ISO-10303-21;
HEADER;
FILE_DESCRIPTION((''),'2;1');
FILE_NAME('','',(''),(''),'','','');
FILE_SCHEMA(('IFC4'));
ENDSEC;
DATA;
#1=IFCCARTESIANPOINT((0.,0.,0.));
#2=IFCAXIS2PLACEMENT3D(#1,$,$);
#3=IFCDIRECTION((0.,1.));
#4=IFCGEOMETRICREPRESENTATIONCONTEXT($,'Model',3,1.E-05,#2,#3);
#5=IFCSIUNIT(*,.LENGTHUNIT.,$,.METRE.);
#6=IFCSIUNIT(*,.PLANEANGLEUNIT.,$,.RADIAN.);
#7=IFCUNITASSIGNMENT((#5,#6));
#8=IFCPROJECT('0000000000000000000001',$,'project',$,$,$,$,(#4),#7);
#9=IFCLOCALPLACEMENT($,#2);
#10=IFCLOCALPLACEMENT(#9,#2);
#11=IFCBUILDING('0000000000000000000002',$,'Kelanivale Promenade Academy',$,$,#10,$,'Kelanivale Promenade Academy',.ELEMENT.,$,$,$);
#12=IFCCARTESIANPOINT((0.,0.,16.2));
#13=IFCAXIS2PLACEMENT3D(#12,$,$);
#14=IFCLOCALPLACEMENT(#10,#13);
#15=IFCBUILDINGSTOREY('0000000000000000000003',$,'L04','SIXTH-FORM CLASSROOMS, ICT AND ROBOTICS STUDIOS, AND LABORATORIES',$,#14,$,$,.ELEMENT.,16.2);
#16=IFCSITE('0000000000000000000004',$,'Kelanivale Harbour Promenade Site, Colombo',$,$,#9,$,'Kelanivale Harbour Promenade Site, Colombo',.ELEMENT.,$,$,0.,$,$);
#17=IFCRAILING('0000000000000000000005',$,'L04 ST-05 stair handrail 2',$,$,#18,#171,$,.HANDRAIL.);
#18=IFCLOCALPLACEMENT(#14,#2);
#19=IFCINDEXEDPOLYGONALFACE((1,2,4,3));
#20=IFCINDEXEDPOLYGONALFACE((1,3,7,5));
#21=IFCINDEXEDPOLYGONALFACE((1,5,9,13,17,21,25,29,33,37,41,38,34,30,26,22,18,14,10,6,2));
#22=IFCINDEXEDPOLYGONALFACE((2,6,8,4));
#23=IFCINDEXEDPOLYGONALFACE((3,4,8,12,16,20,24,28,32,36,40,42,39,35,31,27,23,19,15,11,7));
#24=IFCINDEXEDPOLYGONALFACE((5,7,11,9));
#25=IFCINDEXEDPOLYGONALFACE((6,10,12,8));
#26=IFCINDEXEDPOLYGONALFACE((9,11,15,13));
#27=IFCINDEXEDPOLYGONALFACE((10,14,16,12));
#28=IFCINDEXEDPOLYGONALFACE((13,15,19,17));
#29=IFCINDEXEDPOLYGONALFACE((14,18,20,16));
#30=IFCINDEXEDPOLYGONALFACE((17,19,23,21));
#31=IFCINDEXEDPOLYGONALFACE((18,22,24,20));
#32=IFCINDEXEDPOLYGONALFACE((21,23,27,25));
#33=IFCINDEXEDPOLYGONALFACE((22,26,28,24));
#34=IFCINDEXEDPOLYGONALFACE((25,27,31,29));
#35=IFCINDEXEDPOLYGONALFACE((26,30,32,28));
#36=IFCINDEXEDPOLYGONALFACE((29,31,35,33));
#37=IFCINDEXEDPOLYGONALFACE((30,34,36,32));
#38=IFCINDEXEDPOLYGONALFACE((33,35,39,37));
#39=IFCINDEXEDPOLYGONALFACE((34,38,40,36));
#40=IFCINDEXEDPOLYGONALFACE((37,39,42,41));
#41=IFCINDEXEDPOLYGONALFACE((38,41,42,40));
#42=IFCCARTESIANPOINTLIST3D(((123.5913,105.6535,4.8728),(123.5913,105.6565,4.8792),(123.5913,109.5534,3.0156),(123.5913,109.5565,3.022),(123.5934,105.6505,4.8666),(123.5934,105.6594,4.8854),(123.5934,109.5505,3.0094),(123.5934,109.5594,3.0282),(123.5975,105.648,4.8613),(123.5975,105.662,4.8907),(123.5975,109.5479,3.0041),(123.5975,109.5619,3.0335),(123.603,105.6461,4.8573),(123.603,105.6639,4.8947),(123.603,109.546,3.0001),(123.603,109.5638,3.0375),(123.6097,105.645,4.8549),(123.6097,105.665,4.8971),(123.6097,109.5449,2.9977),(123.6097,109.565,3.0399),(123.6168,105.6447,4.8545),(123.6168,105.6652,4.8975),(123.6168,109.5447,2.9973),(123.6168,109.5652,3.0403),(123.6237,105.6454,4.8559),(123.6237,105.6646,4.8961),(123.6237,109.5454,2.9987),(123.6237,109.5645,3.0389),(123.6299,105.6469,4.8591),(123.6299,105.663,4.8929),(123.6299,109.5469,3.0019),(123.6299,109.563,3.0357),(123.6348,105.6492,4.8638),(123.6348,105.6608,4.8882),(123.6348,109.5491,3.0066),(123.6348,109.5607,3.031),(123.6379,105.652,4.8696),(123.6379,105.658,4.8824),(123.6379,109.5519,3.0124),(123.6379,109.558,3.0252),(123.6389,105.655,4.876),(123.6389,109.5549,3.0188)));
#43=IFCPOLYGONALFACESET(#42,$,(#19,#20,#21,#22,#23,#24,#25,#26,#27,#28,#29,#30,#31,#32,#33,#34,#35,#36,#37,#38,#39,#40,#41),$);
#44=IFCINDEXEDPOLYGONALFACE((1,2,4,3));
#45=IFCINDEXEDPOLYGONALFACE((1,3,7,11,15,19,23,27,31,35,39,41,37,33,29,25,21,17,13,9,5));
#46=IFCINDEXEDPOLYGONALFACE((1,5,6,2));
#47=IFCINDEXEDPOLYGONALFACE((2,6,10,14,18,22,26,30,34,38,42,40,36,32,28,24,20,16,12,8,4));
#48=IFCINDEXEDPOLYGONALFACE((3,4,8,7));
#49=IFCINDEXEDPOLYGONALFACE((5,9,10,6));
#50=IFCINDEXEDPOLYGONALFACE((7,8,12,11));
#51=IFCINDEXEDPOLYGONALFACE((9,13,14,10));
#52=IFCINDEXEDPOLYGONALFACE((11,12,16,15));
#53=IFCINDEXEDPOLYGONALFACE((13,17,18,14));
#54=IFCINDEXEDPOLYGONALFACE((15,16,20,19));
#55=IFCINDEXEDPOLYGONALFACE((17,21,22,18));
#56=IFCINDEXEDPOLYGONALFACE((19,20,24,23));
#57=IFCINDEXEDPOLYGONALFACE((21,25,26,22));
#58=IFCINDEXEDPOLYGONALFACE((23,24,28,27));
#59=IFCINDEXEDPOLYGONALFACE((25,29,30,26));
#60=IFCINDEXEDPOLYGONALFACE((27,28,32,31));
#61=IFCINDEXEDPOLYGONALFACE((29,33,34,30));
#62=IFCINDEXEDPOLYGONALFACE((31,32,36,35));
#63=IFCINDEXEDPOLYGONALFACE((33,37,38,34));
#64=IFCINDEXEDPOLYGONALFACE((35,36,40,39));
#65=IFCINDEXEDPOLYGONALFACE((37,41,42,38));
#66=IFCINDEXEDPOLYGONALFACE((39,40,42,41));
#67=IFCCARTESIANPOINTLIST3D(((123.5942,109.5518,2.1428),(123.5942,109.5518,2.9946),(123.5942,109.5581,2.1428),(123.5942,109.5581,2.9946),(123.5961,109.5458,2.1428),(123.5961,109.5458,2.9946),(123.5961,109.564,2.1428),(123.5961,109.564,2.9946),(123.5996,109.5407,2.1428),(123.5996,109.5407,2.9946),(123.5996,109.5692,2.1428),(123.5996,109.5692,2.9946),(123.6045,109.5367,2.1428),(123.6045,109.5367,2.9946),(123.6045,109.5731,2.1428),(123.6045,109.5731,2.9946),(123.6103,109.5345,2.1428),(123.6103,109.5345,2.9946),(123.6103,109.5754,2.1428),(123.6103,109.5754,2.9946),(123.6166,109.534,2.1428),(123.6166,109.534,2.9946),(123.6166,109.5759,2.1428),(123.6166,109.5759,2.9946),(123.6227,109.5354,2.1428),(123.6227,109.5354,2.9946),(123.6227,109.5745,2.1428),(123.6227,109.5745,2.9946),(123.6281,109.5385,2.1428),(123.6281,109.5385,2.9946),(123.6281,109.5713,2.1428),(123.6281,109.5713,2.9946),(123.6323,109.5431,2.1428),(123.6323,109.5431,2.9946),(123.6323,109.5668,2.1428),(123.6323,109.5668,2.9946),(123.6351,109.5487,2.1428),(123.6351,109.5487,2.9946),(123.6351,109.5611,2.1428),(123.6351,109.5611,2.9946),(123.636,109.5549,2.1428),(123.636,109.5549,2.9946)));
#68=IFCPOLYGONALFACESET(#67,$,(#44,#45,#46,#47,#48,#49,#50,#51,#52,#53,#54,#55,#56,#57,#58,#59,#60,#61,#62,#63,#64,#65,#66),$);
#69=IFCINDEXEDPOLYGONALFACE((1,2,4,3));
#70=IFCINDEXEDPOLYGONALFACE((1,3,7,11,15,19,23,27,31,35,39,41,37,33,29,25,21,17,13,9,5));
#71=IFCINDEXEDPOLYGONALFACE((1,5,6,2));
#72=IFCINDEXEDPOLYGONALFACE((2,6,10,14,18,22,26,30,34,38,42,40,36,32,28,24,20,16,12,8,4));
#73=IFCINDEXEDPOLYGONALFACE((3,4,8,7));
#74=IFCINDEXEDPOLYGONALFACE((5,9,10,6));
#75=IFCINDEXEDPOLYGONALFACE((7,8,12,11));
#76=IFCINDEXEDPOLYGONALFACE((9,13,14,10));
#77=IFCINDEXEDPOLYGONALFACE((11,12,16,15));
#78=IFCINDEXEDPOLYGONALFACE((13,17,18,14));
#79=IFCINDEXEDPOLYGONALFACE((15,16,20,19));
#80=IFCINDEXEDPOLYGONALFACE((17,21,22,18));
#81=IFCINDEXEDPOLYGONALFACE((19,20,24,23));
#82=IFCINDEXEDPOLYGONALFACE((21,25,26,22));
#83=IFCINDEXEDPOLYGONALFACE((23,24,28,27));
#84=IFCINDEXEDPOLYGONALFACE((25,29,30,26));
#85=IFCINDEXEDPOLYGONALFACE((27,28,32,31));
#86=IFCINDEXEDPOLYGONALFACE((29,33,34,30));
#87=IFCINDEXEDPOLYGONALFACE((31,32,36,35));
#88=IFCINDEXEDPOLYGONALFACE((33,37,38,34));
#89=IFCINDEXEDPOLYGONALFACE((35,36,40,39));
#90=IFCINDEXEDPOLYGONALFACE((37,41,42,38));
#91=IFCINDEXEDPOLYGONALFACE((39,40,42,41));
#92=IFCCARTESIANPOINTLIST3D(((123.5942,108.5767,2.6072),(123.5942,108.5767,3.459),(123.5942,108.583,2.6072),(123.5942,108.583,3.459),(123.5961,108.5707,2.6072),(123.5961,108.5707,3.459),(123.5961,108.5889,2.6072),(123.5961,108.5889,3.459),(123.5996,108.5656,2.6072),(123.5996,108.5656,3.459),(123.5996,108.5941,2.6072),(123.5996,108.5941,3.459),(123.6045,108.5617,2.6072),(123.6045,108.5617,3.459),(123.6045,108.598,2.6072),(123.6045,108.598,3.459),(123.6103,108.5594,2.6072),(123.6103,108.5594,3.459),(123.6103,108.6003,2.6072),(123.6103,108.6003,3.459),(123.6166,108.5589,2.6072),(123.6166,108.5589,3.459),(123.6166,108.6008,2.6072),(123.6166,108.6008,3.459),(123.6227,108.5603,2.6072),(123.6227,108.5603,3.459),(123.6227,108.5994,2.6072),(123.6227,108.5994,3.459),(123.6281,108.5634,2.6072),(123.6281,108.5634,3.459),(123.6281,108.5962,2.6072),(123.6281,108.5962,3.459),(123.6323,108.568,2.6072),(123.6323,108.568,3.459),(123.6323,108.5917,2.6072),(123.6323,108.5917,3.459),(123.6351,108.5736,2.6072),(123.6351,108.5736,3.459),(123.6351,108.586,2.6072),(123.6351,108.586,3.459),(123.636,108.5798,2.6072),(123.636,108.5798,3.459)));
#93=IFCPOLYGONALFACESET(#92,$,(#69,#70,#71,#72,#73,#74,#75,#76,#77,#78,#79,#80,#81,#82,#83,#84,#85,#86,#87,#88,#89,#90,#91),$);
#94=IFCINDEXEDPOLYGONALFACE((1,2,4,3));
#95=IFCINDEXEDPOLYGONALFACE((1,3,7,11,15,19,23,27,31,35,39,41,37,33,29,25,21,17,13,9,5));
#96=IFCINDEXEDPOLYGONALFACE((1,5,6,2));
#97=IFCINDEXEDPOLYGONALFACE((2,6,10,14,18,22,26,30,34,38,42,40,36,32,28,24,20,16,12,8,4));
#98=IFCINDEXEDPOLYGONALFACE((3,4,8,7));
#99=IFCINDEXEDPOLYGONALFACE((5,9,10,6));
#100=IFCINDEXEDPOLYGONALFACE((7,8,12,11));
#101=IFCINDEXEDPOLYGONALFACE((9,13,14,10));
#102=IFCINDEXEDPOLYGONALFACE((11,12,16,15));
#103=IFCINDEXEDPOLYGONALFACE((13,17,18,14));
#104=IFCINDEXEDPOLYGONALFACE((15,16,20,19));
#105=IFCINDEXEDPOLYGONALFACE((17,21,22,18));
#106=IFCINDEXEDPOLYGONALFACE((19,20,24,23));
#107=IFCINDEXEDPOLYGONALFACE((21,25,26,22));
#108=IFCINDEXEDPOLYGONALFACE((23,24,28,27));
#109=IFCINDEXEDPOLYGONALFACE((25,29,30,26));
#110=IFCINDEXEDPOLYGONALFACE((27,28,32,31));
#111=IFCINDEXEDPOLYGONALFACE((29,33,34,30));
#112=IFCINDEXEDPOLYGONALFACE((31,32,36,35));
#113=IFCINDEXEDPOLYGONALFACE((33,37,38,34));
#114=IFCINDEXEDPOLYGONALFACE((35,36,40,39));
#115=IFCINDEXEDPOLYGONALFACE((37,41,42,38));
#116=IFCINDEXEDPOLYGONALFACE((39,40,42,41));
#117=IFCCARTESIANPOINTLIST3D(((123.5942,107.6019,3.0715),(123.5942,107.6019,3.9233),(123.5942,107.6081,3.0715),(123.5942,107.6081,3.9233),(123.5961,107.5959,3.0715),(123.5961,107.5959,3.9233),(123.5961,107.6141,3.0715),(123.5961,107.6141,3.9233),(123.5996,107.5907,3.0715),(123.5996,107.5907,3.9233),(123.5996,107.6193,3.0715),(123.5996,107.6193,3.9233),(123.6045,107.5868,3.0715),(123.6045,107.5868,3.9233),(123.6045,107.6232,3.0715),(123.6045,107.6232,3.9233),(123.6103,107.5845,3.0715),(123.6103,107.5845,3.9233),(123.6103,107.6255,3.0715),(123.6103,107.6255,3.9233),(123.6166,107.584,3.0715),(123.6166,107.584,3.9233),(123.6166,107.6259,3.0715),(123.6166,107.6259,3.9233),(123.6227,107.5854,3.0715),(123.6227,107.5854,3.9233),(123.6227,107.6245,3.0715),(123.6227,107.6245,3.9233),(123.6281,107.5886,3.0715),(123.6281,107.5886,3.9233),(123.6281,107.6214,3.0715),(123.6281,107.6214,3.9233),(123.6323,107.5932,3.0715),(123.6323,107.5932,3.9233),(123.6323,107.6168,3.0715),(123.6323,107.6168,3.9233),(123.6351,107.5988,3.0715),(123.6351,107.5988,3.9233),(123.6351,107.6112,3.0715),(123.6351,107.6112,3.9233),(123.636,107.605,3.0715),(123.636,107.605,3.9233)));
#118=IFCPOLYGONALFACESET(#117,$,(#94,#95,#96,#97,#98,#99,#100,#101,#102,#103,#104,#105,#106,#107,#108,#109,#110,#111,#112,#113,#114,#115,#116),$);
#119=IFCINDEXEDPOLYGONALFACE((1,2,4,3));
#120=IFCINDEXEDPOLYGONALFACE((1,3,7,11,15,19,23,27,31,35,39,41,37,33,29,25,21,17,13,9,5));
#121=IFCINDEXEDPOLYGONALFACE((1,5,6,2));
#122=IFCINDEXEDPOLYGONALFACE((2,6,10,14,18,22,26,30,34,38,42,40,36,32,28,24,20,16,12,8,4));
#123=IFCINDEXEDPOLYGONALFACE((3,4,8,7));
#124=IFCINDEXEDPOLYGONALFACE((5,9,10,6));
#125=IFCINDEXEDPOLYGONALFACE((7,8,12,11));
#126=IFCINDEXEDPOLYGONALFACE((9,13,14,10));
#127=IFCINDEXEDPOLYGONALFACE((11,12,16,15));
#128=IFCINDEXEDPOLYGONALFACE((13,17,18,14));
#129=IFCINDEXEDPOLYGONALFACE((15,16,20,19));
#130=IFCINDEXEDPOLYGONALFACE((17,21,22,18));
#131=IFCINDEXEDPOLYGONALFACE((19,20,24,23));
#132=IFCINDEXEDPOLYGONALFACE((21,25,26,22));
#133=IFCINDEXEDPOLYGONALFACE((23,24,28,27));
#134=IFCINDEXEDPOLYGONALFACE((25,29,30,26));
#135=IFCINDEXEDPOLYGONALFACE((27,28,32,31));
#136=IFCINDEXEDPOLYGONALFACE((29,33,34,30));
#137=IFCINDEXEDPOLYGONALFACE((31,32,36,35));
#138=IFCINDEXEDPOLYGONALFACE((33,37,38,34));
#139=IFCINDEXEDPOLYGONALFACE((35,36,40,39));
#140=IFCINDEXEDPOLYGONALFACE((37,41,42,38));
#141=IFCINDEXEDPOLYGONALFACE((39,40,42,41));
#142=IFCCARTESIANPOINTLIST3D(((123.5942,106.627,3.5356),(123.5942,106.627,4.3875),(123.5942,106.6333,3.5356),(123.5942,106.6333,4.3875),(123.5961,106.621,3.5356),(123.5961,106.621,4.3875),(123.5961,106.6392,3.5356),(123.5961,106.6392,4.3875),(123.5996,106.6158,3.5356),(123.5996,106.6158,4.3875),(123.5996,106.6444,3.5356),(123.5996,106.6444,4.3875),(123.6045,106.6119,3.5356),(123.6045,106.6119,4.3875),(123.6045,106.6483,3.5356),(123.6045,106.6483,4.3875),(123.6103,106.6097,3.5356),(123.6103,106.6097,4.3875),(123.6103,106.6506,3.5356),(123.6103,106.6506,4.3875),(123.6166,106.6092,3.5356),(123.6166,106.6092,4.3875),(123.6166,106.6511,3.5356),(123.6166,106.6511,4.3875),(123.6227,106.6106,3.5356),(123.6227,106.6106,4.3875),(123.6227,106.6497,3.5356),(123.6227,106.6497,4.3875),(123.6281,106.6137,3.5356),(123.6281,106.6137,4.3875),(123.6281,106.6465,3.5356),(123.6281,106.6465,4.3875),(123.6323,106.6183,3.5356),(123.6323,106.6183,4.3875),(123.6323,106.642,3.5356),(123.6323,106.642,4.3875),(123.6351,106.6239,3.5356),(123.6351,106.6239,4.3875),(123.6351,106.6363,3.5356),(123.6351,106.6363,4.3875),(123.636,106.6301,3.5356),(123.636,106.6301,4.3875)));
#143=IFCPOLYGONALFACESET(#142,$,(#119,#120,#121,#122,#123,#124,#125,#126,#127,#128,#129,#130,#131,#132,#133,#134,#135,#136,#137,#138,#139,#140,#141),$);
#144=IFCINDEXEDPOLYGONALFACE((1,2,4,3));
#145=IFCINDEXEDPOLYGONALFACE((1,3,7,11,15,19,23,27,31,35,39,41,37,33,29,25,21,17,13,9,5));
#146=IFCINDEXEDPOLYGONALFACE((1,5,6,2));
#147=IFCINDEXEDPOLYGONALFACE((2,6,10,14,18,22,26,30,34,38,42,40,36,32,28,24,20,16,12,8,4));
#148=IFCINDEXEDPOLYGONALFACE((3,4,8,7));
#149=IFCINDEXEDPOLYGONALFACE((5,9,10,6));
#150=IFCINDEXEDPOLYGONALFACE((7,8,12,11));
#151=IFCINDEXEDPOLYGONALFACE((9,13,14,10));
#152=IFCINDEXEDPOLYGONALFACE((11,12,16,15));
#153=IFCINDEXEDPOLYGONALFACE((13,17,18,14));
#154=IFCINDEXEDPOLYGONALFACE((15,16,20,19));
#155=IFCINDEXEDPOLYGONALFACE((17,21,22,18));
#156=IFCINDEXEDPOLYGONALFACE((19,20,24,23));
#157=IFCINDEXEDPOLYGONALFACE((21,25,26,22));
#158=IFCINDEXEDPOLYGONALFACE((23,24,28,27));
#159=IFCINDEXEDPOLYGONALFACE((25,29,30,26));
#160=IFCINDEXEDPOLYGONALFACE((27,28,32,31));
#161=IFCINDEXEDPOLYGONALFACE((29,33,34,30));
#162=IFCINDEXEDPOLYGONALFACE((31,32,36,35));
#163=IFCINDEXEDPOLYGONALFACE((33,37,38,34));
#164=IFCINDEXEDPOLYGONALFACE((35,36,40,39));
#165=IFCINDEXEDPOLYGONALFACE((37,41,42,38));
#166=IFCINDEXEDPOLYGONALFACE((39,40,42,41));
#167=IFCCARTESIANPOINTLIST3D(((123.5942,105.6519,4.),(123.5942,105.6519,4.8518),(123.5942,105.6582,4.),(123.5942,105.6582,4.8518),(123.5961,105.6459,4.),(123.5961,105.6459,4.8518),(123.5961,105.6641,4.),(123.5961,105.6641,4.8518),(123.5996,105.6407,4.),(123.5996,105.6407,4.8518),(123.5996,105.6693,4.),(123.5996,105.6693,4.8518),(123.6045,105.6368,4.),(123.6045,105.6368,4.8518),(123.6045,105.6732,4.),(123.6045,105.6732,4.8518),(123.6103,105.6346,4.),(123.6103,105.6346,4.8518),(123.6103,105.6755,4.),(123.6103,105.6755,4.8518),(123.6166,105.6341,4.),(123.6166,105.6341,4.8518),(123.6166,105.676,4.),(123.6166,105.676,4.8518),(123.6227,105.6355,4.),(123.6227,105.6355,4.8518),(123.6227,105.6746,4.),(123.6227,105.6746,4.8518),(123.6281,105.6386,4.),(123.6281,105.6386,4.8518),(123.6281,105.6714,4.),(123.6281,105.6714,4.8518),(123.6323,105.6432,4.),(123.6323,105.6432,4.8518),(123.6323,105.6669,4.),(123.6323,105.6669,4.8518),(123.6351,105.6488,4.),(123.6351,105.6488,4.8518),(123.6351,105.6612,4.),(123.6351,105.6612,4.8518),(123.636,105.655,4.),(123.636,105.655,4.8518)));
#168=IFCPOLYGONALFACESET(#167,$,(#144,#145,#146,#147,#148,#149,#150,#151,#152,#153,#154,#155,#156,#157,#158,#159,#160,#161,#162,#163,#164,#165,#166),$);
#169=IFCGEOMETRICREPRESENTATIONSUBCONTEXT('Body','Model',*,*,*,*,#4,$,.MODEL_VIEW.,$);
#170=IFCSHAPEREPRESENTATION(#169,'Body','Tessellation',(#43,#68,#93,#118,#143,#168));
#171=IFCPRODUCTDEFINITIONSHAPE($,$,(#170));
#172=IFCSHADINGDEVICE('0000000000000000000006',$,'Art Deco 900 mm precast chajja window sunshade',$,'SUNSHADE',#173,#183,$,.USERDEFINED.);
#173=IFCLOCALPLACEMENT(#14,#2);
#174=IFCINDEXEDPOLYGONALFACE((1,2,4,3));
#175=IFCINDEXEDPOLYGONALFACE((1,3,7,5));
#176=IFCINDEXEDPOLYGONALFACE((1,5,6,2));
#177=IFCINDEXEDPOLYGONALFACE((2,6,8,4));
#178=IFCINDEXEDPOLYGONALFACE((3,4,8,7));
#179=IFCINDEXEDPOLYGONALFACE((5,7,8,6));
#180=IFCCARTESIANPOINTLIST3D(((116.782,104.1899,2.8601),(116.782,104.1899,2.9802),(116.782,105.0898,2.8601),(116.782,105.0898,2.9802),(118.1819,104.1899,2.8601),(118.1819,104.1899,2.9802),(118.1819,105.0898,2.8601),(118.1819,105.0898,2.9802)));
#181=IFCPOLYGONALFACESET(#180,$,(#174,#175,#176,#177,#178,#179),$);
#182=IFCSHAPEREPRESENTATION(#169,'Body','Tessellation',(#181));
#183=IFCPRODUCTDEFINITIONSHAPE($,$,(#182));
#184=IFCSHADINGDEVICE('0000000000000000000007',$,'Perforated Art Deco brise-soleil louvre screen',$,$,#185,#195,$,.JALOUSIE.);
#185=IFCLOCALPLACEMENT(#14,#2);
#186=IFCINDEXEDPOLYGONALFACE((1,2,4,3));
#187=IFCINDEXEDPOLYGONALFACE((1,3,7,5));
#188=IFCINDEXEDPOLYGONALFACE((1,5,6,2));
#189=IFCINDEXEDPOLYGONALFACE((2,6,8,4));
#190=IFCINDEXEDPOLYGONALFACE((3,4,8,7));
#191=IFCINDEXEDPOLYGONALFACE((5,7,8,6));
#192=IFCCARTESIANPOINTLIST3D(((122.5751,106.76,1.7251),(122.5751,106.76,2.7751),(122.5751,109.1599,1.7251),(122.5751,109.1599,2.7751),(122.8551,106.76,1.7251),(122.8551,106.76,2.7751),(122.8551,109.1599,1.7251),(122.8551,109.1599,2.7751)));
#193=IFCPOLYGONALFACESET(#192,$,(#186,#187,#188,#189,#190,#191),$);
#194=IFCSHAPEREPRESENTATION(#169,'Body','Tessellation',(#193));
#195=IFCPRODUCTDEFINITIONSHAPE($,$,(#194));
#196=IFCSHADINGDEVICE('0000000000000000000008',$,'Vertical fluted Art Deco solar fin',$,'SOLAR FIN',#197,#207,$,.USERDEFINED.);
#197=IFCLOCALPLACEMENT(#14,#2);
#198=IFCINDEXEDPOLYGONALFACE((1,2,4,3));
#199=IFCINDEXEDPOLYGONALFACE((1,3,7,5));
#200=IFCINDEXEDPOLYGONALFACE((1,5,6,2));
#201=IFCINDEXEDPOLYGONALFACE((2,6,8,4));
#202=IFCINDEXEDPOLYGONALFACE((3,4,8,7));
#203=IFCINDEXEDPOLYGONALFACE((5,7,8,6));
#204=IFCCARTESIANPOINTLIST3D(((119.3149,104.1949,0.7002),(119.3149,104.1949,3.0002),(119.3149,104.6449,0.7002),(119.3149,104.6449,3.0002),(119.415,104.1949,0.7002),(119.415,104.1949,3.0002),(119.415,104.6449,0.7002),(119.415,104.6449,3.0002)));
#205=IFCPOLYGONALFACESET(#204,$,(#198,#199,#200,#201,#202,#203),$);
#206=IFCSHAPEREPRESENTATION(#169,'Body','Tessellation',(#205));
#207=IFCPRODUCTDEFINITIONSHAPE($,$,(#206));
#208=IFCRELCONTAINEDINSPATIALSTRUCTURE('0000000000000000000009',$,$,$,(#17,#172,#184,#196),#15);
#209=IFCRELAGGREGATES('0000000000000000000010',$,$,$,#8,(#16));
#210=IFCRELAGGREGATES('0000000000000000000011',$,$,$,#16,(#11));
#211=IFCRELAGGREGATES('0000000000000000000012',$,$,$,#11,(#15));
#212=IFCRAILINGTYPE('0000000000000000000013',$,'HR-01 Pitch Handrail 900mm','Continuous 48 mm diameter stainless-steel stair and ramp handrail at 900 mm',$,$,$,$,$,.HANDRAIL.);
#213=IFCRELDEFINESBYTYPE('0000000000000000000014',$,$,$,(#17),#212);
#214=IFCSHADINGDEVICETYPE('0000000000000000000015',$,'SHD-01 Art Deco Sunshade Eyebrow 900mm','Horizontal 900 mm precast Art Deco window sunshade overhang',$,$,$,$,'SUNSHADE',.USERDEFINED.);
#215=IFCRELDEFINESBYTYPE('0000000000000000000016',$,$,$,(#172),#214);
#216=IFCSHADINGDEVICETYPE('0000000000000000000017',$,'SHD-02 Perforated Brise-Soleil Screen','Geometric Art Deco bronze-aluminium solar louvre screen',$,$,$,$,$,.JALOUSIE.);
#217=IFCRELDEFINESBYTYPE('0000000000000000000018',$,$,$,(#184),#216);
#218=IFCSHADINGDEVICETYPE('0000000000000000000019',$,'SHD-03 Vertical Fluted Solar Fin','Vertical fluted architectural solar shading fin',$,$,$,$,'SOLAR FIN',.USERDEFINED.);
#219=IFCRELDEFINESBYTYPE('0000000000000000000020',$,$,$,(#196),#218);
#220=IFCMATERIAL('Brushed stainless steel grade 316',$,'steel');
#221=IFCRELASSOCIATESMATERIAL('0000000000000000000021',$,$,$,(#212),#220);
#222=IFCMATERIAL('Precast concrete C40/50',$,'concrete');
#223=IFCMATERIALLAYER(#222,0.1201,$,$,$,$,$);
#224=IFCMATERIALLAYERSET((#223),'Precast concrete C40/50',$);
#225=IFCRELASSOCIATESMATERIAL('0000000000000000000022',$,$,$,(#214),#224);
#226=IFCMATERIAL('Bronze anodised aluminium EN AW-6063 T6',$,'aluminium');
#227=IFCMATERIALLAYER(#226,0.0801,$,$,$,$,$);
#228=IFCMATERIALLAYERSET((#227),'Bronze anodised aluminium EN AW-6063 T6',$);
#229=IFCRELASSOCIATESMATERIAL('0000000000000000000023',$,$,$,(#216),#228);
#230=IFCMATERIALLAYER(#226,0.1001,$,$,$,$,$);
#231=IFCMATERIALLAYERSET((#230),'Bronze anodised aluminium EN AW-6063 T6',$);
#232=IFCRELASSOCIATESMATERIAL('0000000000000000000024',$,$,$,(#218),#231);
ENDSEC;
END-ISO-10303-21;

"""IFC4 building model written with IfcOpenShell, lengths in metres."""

from ifc_helpers import new_model, si_unit, direction, frame, origin, origin_2d, place, context, subcontext, project, spatial, rectangle, circle, extrude, material, layer, layer_set, type_object, element, save


model = new_model("IFC4")

# Units and contexts
model_context = context("Model", 3, precision=1e-05, world=origin(), true_north=direction((0.0, 1.0)))
body_context = subcontext(model_context, "Body", "Model", "MODEL_VIEW")
ifc_project = project(units=[si_unit("LENGTHUNIT", "METRE"), si_unit("PLANEANGLEUNIT", "RADIAN")], contexts=[model_context])

# Site, building, storey
site_placement = place(None, origin())
site = spatial("IfcSite", under=ifc_project, at=site_placement, Name="Kelanivale Harbour Promenade Site, Colombo", LongName="Kelanivale Harbour Promenade Site, Colombo", CompositionType="ELEMENT", RefElevation=0.0)
building_placement = place(site_placement, origin())
building = spatial("IfcBuilding", under=site, at=building_placement, Name="Kelanivale Promenade Academy", LongName="Kelanivale Promenade Academy", CompositionType="ELEMENT")
storey_placement = place(building_placement, frame((0.0, 0.0, 16.2)))
storey = spatial("IfcBuildingStorey", under=building, at=storey_placement, Name="L04", Description="SIXTH-FORM CLASSROOMS, ICT AND ROBOTICS STUDIOS, AND LABORATORIES", CompositionType="ELEMENT", Elevation=16.2)

# Railing
ifc_material_1 = material(Name="Brushed stainless steel grade 316", Category="steel")
railing_type_1 = type_object("IfcRailingType", Name="HR-01 Pitch Handrail 900mm", Description="Continuous 48 mm diameter stainless-steel stair and ramp handrail at 900 mm", PredefinedType="HANDRAIL", material=ifc_material_1)
railing_1_placement = place(storey_placement, frame((123.615, 109.5549, 2.1428)))
element("IfcRailing", 1, at=railing_1_placement, inside=storey, type_object=railing_type_1, Name="L04 ST-05 stair handrail 2", PredefinedType="HANDRAIL", context=body_context, shape_type="SweptSolid", body=[
    extrude(circle(Radius=0.0239, at=origin_2d()), frame((0.0, 0.0, 0.876), z_axis=(0.0, -0.902853, 0.429949), x_axis=(1.0, 0.0, 0.0)), (0.0, 0.0, 1.0), 4.3196),
    extrude(circle(Radius=0.021, at=origin_2d()), origin(), (0.0, 0.0, 1.0), 0.8518),
    extrude(circle(Radius=0.021, at=origin_2d()), frame((0.0, -0.9751, 0.4644)), (0.0, 0.0, 1.0), 0.8518),
    extrude(circle(Radius=0.021, at=origin_2d()), frame((0.0, -1.95, 0.9287)), (0.0, 0.0, 1.0), 0.8518),
    extrude(circle(Radius=0.021, at=origin_2d()), frame((0.0, -2.9248, 1.3928)), (0.0, 0.0, 1.0), 0.8518),
    extrude(circle(Radius=0.021, at=origin_2d()), frame((0.0, -3.8999, 1.8572)), (0.0, 0.0, 1.0), 0.8518),
])

# Shading devices
ifc_material_2 = material(Name="Precast concrete C40/50", Category="concrete")
ifc_layer_1 = layer(ifc_material_2, 0.1201)
ifc_layer_set_1 = layer_set([ifc_layer_1], Name="Precast concrete C40/50")
shading_device_type_1 = type_object("IfcShadingDeviceType", Name="SHD-01 Art Deco Sunshade Eyebrow 900mm", Description="Horizontal 900 mm precast Art Deco window sunshade overhang", ElementType="SUNSHADE", PredefinedType="USERDEFINED", material=ifc_layer_set_1)
shading_device_1_placement = place(storey_placement, frame((117.4819, 104.6399, 2.8601), z_axis=(0.0, 0.0, 1.0), x_axis=(-1.0, 0.0, 0.0)))
element("IfcShadingDevice", 2, at=shading_device_1_placement, inside=storey, type_object=shading_device_type_1, Name="Art Deco 900 mm precast chajja window sunshade", ObjectType="SUNSHADE", PredefinedType="USERDEFINED", context=body_context, shape_type="SweptSolid", body=[
    extrude(rectangle(XDim=1.3999, YDim=0.8999, at=origin_2d()), origin(), (0.0, 0.0, 1.0), 0.1201),
])
ifc_material_3 = material(Name="Bronze anodised aluminium EN AW-6063 T6", Category="aluminium")
ifc_layer_2 = layer(ifc_material_3, 0.0801)
ifc_layer_set_2 = layer_set([ifc_layer_2], Name="Bronze anodised aluminium EN AW-6063 T6")
shading_device_type_2 = type_object("IfcShadingDeviceType", Name="SHD-02 Perforated Brise-Soleil Screen", Description="Geometric Art Deco bronze-aluminium solar louvre screen", PredefinedType="JALOUSIE", material=ifc_layer_set_2)
shading_device_2_placement = place(storey_placement, frame((122.7151, 107.96, 1.7251), z_axis=(0.0, 0.0, 1.0), x_axis=(0.0, -1.0, 0.0)))
element("IfcShadingDevice", 3, at=shading_device_2_placement, inside=storey, type_object=shading_device_type_2, Name="Perforated Art Deco brise-soleil louvre screen", PredefinedType="JALOUSIE", context=body_context, shape_type="SweptSolid", body=[
    extrude(rectangle(XDim=2.3999, YDim=0.28, at=origin_2d()), origin(), (0.0, 0.0, 1.0), 1.05),
])
ifc_layer_3 = layer(ifc_material_3, 0.1001)
ifc_layer_set_3 = layer_set([ifc_layer_3], Name="Bronze anodised aluminium EN AW-6063 T6")
shading_device_type_3 = type_object("IfcShadingDeviceType", Name="SHD-03 Vertical Fluted Solar Fin", Description="Vertical fluted architectural solar shading fin", ElementType="SOLAR FIN", PredefinedType="USERDEFINED", material=ifc_layer_set_3)
shading_device_3_placement = place(storey_placement, frame((119.365, 104.4199, 0.7002), z_axis=(0.0, 0.0, 1.0), x_axis=(-1.0, 0.0, 0.0)))
element("IfcShadingDevice", 4, at=shading_device_3_placement, inside=storey, type_object=shading_device_type_3, Name="Vertical fluted Art Deco solar fin", ObjectType="SOLAR FIN", PredefinedType="USERDEFINED", context=body_context, shape_type="SweptSolid", body=[
    extrude(rectangle(XDim=0.1001, YDim=0.45, at=origin_2d()), origin(), (0.0, 0.0, 1.0), 2.3),
])

save(model, "model.ifc")
